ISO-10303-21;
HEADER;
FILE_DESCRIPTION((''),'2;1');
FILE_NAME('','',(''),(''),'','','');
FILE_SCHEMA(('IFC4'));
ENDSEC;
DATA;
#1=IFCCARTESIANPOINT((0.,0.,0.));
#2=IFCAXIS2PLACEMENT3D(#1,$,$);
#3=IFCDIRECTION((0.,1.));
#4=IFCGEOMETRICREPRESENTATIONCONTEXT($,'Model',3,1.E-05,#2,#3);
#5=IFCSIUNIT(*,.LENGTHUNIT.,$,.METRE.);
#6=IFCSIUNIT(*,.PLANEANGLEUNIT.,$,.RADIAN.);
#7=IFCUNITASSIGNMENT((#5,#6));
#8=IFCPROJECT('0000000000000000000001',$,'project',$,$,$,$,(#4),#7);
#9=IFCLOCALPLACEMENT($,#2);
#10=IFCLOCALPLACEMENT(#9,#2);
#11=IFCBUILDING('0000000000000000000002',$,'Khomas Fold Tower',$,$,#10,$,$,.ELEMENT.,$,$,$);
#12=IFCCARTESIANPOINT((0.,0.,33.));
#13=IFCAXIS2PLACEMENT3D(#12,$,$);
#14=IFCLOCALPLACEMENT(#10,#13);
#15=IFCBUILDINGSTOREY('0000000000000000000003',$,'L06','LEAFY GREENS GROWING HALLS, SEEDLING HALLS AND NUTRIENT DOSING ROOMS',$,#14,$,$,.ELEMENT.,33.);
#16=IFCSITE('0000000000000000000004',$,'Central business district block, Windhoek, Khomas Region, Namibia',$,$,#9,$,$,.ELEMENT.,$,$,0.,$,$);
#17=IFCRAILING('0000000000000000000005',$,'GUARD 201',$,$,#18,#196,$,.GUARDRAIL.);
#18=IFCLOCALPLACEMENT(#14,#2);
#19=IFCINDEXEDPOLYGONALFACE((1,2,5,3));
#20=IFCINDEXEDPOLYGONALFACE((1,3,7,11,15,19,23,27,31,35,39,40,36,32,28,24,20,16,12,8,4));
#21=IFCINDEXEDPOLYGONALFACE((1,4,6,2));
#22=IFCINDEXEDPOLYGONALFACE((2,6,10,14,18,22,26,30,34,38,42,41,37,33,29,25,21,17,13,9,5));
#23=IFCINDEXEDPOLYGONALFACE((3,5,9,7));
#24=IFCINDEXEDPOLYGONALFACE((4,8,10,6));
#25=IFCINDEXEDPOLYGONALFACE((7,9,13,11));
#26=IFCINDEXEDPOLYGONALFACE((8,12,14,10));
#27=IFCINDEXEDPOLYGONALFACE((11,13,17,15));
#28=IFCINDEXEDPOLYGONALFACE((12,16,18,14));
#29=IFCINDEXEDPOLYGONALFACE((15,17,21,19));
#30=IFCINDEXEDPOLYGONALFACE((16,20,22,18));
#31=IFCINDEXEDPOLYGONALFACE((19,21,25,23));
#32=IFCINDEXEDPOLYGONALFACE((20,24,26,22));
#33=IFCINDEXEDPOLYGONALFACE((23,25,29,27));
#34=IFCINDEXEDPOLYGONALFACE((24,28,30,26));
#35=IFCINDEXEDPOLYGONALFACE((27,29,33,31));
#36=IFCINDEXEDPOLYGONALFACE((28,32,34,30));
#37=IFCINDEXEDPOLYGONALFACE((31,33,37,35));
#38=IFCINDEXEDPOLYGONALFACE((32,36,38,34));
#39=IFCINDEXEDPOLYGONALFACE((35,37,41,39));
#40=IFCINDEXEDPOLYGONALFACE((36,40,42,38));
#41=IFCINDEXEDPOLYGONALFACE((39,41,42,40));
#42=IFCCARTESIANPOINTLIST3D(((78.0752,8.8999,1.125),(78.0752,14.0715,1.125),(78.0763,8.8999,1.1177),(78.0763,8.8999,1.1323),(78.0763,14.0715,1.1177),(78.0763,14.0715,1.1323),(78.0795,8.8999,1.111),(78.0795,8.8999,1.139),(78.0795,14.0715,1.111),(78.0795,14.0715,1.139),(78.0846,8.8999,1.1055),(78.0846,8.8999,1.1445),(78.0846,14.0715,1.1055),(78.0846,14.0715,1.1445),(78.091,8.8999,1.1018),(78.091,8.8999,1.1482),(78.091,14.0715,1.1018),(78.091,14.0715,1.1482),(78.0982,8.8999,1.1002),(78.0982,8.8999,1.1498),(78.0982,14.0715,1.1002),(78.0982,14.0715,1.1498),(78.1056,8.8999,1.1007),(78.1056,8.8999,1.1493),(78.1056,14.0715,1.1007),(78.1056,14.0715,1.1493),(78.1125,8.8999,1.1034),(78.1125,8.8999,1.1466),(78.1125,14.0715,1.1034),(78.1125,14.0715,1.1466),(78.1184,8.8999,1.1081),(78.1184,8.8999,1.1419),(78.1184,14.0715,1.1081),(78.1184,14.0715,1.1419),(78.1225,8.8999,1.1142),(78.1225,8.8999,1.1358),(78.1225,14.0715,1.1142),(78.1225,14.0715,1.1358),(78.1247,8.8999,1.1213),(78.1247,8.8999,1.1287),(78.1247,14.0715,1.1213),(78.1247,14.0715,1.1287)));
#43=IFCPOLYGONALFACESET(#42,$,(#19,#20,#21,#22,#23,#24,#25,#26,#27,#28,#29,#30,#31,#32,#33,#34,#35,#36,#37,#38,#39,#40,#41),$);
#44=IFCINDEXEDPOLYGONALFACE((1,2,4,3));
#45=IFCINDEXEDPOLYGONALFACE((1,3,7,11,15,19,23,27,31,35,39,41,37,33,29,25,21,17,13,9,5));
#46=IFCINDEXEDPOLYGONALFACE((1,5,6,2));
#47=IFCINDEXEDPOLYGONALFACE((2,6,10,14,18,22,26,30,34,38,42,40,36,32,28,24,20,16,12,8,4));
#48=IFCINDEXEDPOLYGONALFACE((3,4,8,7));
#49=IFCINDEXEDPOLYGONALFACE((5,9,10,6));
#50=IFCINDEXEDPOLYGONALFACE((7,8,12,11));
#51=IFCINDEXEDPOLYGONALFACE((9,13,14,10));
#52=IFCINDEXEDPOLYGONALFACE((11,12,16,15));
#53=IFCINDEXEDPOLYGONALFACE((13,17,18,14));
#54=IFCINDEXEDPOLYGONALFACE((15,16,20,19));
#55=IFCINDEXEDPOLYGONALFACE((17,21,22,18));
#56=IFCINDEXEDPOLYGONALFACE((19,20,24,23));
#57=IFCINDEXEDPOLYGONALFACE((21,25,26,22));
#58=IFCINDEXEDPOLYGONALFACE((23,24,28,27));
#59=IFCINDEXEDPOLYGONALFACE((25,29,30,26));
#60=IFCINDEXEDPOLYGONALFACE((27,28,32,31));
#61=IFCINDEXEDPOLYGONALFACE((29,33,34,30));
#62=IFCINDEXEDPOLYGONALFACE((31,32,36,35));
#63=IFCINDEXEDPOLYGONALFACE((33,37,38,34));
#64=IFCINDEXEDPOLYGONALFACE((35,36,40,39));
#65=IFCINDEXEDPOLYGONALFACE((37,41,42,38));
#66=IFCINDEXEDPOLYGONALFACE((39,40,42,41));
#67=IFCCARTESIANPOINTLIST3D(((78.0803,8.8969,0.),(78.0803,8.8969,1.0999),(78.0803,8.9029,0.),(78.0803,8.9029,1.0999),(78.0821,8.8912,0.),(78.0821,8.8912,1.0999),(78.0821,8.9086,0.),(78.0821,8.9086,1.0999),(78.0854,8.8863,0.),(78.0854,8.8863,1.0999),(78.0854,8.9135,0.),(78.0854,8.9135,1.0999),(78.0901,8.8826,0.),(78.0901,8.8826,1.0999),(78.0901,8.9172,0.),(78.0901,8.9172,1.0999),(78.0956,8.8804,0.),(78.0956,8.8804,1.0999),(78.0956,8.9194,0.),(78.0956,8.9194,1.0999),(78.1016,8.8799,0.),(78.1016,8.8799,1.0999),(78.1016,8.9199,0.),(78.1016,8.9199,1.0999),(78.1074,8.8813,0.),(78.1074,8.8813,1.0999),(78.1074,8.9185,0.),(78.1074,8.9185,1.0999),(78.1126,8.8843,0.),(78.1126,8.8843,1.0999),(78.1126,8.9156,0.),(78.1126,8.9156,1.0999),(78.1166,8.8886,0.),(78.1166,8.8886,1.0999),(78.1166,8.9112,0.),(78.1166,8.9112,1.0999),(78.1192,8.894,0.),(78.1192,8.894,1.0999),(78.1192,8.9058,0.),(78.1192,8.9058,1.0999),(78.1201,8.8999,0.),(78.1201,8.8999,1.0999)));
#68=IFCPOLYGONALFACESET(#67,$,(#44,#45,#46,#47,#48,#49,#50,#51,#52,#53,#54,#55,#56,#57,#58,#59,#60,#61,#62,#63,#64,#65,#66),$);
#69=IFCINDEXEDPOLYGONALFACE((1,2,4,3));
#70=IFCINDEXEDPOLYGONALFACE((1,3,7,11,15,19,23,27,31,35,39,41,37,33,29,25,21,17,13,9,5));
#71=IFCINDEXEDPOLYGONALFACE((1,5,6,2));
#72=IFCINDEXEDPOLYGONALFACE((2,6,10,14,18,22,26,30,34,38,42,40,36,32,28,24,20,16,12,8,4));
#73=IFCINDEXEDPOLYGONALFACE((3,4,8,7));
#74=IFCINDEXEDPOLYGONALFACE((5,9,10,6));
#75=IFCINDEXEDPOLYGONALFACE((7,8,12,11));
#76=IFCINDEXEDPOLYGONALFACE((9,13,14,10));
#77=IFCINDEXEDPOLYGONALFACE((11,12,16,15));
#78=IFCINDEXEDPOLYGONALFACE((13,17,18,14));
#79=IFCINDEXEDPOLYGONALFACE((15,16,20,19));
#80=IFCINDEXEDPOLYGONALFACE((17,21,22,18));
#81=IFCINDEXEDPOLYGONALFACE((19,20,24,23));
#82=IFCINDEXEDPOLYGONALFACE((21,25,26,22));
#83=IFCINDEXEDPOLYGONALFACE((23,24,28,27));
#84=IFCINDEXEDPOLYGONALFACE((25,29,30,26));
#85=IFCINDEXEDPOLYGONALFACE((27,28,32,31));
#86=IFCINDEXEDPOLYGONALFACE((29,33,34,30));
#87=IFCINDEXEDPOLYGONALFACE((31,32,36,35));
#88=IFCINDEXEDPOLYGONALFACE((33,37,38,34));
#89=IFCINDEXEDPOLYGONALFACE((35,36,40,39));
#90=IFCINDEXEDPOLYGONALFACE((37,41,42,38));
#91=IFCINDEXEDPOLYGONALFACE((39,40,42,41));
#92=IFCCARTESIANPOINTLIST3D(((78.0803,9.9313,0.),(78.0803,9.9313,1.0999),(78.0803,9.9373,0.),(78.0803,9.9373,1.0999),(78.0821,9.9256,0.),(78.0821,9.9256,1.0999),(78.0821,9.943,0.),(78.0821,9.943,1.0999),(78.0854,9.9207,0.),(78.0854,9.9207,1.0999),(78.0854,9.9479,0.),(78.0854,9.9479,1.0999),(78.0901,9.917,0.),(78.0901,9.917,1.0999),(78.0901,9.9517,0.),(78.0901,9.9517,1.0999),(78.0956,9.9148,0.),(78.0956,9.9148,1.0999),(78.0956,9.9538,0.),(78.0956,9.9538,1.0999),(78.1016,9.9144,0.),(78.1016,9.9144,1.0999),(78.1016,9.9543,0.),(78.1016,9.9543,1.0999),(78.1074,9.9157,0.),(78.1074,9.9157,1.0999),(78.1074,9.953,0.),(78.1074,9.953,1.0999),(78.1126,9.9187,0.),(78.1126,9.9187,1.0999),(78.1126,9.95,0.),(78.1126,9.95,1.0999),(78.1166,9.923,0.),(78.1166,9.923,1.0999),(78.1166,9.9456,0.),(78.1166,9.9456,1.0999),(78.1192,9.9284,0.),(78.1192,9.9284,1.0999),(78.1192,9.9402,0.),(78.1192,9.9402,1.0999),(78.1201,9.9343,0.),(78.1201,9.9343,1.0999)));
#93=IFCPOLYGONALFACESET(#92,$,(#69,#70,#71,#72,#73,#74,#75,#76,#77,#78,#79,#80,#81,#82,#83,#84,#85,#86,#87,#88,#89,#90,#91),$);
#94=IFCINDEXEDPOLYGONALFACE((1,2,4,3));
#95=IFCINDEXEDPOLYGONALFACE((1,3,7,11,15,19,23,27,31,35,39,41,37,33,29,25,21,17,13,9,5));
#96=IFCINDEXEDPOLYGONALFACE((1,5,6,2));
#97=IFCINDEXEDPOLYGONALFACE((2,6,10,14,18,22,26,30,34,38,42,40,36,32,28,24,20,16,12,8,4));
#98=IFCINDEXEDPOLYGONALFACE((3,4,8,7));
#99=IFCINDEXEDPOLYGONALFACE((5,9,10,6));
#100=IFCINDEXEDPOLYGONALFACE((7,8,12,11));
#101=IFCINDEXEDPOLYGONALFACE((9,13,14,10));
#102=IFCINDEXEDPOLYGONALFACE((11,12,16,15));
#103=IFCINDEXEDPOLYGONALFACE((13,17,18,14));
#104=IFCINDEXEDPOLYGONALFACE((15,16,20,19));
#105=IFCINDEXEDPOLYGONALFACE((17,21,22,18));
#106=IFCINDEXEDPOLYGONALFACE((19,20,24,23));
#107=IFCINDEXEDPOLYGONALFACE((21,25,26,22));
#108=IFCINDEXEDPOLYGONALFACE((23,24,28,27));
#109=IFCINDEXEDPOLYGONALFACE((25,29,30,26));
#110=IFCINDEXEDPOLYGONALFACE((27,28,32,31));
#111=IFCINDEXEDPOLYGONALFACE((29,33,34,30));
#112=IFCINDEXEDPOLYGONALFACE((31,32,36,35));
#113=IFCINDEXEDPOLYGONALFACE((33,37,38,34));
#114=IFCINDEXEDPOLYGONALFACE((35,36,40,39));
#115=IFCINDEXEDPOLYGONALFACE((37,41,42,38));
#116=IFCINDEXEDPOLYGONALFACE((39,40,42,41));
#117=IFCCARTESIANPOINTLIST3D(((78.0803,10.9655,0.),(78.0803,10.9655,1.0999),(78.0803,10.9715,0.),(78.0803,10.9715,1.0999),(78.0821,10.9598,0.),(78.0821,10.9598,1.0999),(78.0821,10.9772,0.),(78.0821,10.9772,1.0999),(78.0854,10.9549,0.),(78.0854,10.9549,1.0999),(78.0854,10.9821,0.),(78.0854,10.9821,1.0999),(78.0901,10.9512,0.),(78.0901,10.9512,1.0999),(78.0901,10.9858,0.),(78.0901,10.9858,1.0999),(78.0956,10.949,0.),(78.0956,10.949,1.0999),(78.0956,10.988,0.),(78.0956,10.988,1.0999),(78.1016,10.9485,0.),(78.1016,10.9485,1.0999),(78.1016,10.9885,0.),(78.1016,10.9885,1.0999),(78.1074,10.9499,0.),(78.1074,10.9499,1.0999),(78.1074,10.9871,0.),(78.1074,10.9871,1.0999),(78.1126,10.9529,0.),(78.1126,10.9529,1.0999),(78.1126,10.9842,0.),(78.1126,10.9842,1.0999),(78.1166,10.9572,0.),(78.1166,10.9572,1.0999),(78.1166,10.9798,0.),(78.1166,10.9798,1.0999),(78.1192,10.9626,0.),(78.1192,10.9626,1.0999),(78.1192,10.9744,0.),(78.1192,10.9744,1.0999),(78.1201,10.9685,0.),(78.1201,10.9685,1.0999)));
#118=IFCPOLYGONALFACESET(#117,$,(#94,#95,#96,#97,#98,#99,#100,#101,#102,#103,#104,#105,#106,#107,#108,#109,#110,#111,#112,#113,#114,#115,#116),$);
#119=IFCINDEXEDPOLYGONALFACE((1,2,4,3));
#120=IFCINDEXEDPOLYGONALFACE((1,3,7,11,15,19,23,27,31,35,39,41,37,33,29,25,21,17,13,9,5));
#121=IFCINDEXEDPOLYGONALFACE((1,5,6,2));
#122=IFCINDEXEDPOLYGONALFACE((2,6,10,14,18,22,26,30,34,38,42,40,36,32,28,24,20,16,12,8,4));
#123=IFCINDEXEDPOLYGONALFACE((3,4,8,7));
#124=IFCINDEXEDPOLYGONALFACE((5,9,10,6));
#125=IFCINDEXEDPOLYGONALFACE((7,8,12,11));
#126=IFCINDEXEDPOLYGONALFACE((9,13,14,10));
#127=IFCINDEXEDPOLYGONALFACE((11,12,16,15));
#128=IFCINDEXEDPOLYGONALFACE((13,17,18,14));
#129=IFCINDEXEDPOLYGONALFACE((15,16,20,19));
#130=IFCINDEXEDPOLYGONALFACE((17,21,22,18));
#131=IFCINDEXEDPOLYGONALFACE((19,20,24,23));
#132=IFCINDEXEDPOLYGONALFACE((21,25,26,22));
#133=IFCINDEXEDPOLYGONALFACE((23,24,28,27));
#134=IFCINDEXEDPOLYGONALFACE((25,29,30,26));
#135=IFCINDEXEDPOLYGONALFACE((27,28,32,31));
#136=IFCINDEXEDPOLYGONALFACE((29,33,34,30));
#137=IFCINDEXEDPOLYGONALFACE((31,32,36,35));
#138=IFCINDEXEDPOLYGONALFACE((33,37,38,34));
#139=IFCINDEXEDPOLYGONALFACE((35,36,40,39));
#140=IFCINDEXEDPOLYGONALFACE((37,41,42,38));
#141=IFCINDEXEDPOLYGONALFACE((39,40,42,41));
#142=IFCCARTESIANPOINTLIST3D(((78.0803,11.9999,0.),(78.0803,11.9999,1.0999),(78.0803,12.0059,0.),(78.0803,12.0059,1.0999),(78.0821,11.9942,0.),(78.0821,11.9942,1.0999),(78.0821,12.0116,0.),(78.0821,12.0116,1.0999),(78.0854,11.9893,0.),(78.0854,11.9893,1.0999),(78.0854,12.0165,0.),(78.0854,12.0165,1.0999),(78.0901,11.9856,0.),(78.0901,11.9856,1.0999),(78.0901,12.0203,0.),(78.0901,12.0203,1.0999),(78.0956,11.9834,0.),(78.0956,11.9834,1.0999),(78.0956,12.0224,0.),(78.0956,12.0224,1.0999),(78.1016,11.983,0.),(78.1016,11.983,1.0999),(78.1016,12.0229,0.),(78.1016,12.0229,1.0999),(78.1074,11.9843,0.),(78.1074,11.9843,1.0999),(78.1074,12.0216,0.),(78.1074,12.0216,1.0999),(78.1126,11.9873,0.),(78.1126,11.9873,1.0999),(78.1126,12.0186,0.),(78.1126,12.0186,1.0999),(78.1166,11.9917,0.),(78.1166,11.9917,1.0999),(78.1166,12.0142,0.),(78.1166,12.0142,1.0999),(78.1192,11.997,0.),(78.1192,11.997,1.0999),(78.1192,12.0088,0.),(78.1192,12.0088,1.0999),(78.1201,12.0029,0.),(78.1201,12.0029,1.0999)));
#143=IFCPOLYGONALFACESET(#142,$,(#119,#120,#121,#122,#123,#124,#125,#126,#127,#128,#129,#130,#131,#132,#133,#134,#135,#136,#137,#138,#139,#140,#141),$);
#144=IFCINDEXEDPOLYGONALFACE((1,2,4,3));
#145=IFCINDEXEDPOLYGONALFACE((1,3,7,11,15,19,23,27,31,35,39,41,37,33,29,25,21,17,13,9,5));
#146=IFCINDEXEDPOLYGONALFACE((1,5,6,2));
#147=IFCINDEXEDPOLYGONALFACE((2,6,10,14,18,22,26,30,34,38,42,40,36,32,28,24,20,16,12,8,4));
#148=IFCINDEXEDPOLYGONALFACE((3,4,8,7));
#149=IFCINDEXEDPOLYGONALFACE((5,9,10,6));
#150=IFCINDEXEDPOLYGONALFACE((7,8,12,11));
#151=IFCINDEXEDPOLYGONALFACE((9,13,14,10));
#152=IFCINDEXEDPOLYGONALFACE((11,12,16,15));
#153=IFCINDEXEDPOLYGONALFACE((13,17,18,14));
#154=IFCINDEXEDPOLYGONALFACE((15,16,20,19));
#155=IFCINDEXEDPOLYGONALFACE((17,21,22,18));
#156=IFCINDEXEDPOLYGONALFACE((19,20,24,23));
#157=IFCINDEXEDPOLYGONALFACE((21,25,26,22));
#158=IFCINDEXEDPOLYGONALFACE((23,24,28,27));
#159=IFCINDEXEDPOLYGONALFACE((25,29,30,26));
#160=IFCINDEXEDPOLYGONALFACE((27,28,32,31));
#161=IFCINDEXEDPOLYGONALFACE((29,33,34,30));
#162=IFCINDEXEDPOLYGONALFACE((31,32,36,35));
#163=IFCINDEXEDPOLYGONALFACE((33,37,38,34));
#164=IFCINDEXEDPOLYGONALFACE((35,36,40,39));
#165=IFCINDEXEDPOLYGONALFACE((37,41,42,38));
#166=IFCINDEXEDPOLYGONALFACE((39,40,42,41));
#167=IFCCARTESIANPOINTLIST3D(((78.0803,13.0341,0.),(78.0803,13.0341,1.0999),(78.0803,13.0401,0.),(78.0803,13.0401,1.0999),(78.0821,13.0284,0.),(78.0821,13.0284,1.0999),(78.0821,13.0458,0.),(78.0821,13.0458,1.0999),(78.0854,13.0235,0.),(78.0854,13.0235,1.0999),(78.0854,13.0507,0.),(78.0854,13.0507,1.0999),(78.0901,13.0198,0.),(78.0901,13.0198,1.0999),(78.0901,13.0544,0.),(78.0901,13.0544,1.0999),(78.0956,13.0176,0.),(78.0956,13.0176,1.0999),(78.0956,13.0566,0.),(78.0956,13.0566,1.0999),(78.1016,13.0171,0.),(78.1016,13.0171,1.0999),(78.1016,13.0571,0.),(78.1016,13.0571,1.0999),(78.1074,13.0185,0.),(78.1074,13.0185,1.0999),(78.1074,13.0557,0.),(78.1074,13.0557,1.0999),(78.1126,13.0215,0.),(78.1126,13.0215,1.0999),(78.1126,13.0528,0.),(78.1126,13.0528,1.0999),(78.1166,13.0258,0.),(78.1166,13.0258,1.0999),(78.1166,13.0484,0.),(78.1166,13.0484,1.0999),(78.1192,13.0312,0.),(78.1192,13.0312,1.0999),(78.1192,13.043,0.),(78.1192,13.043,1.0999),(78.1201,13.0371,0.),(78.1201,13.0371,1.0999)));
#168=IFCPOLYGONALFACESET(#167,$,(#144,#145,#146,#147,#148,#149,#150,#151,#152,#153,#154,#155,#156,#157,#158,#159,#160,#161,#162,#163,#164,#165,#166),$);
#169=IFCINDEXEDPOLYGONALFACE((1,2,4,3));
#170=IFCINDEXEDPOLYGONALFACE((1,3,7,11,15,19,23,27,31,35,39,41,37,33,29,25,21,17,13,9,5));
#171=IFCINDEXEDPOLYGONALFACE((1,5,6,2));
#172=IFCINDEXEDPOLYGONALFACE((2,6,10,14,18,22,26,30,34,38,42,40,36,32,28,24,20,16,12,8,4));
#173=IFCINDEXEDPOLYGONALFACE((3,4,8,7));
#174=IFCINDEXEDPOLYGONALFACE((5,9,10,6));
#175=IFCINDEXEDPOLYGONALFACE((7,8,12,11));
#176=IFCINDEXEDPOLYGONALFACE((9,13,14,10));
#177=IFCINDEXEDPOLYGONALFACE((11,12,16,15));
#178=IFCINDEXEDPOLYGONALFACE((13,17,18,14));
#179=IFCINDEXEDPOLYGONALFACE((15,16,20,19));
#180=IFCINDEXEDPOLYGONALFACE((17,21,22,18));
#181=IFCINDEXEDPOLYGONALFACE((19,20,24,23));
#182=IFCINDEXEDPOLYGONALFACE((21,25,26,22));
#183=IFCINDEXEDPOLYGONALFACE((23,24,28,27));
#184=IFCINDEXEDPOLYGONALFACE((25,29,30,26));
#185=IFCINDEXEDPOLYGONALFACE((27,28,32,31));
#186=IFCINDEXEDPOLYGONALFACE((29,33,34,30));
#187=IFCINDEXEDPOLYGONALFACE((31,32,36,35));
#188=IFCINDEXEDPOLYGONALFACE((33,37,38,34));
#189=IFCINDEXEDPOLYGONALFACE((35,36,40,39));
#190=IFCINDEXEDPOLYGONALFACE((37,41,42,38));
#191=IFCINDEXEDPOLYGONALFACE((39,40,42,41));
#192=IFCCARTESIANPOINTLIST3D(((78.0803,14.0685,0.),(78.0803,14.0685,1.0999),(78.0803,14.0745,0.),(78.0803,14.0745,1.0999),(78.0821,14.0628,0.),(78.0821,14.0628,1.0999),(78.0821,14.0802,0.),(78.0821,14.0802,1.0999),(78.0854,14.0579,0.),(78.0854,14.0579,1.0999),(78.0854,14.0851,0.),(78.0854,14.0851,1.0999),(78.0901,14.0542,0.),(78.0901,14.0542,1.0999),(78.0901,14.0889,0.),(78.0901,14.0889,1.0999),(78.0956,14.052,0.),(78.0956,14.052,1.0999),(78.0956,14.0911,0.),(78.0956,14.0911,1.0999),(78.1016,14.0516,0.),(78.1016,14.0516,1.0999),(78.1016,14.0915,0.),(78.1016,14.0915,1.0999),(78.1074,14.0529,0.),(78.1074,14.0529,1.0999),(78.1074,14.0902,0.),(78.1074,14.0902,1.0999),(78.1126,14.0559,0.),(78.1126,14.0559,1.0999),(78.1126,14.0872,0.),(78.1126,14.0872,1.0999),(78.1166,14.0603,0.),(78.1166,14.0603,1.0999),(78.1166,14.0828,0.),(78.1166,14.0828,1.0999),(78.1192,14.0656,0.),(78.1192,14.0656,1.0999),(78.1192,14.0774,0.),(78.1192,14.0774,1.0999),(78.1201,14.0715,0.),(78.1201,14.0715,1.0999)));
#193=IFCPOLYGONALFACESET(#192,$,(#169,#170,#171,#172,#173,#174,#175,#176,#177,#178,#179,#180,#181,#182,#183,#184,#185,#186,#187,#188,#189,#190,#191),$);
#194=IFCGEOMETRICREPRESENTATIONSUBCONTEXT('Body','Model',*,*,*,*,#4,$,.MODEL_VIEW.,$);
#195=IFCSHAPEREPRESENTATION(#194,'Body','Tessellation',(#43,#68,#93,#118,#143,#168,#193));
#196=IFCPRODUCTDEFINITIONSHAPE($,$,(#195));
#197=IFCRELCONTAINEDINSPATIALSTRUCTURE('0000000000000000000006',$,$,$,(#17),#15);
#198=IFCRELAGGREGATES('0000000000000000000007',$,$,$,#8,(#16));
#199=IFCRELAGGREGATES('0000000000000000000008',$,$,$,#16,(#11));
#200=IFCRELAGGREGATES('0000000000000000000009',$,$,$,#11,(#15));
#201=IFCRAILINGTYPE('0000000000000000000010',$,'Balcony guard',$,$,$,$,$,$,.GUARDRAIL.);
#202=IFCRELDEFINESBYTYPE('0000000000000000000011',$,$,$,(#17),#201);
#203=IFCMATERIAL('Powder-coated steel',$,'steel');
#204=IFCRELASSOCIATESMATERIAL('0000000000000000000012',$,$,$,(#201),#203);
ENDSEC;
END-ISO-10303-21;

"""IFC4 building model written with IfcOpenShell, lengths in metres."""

from ifc_helpers import new_model, si_unit, direction, frame, origin, origin_2d, place, context, subcontext, project, spatial, circle, extrude, source, transform, mapped, material, type_object, element, save


model = new_model("IFC4")

# Units and contexts
model_context = context("Model", 3, precision=1e-05, world=origin(), true_north=direction((0.0, 1.0)))
body_context = subcontext(model_context, "Body", "Model", "MODEL_VIEW")
ifc_project = project(units=[si_unit("LENGTHUNIT", "METRE"), si_unit("PLANEANGLEUNIT", "RADIAN")], contexts=[model_context])

# Site, building, storey
site_placement = place(None, origin())
site = spatial("IfcSite", under=ifc_project, at=site_placement, Name="Central business district block, Windhoek, Khomas Region, Namibia", CompositionType="ELEMENT", RefElevation=0.0)
building_placement = place(site_placement, origin())
building = spatial("IfcBuilding", under=site, at=building_placement, Name="Khomas Fold Tower", CompositionType="ELEMENT")
storey_placement = place(building_placement, frame((0.0, 0.0, 33.0)))
storey = spatial("IfcBuildingStorey", under=building, at=storey_placement, Name="L06", Description="LEAFY GREENS GROWING HALLS, SEEDLING HALLS AND NUTRIENT DOSING ROOMS", CompositionType="ELEMENT", Elevation=33.0)

# Railing
ifc_material_1 = material(Name="Powder-coated steel", Category="steel")
railing_type_1 = type_object("IfcRailingType", Name="Balcony guard", PredefinedType="GUARDRAIL", material=ifc_material_1)
shared_shape_1 = source(origin(), body_context, "Body", "SweptSolid", [
    extrude(circle(Radius=0.0249, at=origin_2d()), frame((0.0, 0.0, 1.125), z_axis=(0.0, 1.0, 0.0), x_axis=(-1.0, 0.0, 0.0)), (0.0, 0.0, 1.0), 5.1716),
    extrude(circle(Radius=0.02, at=origin_2d()), origin(), (0.0, 0.0, 1.0), 1.0999),
    extrude(circle(Radius=0.02, at=origin_2d()), frame((0.0, 1.0344, 0.0)), (0.0, 0.0, 1.0), 1.0999),
    extrude(circle(Radius=0.02, at=origin_2d()), frame((0.0, 2.0686, 0.0)), (0.0, 0.0, 1.0), 1.0999),
    extrude(circle(Radius=0.02, at=origin_2d()), frame((0.0, 3.103, 0.0)), (0.0, 0.0, 1.0), 1.0999),
    extrude(circle(Radius=0.02, at=origin_2d()), frame((0.0, 4.1372, 0.0)), (0.0, 0.0, 1.0), 1.0999),
    extrude(circle(Radius=0.02, at=origin_2d()), frame((0.0, 5.1716, 0.0)), (0.0, 0.0, 1.0), 1.0999),
])
railing_1_placement = place(storey_placement, frame((78.1001, 8.8999, 0.0)))
element("IfcRailing", 1, at=railing_1_placement, inside=storey, type_object=railing_type_1, Name="GUARD 201", PredefinedType="GUARDRAIL", context=body_context, shape_type="MappedRepresentation", body=[
    mapped(shared_shape_1, transform((0.0, 0.0, 0.0))),
])

save(model, "model.ifc")
